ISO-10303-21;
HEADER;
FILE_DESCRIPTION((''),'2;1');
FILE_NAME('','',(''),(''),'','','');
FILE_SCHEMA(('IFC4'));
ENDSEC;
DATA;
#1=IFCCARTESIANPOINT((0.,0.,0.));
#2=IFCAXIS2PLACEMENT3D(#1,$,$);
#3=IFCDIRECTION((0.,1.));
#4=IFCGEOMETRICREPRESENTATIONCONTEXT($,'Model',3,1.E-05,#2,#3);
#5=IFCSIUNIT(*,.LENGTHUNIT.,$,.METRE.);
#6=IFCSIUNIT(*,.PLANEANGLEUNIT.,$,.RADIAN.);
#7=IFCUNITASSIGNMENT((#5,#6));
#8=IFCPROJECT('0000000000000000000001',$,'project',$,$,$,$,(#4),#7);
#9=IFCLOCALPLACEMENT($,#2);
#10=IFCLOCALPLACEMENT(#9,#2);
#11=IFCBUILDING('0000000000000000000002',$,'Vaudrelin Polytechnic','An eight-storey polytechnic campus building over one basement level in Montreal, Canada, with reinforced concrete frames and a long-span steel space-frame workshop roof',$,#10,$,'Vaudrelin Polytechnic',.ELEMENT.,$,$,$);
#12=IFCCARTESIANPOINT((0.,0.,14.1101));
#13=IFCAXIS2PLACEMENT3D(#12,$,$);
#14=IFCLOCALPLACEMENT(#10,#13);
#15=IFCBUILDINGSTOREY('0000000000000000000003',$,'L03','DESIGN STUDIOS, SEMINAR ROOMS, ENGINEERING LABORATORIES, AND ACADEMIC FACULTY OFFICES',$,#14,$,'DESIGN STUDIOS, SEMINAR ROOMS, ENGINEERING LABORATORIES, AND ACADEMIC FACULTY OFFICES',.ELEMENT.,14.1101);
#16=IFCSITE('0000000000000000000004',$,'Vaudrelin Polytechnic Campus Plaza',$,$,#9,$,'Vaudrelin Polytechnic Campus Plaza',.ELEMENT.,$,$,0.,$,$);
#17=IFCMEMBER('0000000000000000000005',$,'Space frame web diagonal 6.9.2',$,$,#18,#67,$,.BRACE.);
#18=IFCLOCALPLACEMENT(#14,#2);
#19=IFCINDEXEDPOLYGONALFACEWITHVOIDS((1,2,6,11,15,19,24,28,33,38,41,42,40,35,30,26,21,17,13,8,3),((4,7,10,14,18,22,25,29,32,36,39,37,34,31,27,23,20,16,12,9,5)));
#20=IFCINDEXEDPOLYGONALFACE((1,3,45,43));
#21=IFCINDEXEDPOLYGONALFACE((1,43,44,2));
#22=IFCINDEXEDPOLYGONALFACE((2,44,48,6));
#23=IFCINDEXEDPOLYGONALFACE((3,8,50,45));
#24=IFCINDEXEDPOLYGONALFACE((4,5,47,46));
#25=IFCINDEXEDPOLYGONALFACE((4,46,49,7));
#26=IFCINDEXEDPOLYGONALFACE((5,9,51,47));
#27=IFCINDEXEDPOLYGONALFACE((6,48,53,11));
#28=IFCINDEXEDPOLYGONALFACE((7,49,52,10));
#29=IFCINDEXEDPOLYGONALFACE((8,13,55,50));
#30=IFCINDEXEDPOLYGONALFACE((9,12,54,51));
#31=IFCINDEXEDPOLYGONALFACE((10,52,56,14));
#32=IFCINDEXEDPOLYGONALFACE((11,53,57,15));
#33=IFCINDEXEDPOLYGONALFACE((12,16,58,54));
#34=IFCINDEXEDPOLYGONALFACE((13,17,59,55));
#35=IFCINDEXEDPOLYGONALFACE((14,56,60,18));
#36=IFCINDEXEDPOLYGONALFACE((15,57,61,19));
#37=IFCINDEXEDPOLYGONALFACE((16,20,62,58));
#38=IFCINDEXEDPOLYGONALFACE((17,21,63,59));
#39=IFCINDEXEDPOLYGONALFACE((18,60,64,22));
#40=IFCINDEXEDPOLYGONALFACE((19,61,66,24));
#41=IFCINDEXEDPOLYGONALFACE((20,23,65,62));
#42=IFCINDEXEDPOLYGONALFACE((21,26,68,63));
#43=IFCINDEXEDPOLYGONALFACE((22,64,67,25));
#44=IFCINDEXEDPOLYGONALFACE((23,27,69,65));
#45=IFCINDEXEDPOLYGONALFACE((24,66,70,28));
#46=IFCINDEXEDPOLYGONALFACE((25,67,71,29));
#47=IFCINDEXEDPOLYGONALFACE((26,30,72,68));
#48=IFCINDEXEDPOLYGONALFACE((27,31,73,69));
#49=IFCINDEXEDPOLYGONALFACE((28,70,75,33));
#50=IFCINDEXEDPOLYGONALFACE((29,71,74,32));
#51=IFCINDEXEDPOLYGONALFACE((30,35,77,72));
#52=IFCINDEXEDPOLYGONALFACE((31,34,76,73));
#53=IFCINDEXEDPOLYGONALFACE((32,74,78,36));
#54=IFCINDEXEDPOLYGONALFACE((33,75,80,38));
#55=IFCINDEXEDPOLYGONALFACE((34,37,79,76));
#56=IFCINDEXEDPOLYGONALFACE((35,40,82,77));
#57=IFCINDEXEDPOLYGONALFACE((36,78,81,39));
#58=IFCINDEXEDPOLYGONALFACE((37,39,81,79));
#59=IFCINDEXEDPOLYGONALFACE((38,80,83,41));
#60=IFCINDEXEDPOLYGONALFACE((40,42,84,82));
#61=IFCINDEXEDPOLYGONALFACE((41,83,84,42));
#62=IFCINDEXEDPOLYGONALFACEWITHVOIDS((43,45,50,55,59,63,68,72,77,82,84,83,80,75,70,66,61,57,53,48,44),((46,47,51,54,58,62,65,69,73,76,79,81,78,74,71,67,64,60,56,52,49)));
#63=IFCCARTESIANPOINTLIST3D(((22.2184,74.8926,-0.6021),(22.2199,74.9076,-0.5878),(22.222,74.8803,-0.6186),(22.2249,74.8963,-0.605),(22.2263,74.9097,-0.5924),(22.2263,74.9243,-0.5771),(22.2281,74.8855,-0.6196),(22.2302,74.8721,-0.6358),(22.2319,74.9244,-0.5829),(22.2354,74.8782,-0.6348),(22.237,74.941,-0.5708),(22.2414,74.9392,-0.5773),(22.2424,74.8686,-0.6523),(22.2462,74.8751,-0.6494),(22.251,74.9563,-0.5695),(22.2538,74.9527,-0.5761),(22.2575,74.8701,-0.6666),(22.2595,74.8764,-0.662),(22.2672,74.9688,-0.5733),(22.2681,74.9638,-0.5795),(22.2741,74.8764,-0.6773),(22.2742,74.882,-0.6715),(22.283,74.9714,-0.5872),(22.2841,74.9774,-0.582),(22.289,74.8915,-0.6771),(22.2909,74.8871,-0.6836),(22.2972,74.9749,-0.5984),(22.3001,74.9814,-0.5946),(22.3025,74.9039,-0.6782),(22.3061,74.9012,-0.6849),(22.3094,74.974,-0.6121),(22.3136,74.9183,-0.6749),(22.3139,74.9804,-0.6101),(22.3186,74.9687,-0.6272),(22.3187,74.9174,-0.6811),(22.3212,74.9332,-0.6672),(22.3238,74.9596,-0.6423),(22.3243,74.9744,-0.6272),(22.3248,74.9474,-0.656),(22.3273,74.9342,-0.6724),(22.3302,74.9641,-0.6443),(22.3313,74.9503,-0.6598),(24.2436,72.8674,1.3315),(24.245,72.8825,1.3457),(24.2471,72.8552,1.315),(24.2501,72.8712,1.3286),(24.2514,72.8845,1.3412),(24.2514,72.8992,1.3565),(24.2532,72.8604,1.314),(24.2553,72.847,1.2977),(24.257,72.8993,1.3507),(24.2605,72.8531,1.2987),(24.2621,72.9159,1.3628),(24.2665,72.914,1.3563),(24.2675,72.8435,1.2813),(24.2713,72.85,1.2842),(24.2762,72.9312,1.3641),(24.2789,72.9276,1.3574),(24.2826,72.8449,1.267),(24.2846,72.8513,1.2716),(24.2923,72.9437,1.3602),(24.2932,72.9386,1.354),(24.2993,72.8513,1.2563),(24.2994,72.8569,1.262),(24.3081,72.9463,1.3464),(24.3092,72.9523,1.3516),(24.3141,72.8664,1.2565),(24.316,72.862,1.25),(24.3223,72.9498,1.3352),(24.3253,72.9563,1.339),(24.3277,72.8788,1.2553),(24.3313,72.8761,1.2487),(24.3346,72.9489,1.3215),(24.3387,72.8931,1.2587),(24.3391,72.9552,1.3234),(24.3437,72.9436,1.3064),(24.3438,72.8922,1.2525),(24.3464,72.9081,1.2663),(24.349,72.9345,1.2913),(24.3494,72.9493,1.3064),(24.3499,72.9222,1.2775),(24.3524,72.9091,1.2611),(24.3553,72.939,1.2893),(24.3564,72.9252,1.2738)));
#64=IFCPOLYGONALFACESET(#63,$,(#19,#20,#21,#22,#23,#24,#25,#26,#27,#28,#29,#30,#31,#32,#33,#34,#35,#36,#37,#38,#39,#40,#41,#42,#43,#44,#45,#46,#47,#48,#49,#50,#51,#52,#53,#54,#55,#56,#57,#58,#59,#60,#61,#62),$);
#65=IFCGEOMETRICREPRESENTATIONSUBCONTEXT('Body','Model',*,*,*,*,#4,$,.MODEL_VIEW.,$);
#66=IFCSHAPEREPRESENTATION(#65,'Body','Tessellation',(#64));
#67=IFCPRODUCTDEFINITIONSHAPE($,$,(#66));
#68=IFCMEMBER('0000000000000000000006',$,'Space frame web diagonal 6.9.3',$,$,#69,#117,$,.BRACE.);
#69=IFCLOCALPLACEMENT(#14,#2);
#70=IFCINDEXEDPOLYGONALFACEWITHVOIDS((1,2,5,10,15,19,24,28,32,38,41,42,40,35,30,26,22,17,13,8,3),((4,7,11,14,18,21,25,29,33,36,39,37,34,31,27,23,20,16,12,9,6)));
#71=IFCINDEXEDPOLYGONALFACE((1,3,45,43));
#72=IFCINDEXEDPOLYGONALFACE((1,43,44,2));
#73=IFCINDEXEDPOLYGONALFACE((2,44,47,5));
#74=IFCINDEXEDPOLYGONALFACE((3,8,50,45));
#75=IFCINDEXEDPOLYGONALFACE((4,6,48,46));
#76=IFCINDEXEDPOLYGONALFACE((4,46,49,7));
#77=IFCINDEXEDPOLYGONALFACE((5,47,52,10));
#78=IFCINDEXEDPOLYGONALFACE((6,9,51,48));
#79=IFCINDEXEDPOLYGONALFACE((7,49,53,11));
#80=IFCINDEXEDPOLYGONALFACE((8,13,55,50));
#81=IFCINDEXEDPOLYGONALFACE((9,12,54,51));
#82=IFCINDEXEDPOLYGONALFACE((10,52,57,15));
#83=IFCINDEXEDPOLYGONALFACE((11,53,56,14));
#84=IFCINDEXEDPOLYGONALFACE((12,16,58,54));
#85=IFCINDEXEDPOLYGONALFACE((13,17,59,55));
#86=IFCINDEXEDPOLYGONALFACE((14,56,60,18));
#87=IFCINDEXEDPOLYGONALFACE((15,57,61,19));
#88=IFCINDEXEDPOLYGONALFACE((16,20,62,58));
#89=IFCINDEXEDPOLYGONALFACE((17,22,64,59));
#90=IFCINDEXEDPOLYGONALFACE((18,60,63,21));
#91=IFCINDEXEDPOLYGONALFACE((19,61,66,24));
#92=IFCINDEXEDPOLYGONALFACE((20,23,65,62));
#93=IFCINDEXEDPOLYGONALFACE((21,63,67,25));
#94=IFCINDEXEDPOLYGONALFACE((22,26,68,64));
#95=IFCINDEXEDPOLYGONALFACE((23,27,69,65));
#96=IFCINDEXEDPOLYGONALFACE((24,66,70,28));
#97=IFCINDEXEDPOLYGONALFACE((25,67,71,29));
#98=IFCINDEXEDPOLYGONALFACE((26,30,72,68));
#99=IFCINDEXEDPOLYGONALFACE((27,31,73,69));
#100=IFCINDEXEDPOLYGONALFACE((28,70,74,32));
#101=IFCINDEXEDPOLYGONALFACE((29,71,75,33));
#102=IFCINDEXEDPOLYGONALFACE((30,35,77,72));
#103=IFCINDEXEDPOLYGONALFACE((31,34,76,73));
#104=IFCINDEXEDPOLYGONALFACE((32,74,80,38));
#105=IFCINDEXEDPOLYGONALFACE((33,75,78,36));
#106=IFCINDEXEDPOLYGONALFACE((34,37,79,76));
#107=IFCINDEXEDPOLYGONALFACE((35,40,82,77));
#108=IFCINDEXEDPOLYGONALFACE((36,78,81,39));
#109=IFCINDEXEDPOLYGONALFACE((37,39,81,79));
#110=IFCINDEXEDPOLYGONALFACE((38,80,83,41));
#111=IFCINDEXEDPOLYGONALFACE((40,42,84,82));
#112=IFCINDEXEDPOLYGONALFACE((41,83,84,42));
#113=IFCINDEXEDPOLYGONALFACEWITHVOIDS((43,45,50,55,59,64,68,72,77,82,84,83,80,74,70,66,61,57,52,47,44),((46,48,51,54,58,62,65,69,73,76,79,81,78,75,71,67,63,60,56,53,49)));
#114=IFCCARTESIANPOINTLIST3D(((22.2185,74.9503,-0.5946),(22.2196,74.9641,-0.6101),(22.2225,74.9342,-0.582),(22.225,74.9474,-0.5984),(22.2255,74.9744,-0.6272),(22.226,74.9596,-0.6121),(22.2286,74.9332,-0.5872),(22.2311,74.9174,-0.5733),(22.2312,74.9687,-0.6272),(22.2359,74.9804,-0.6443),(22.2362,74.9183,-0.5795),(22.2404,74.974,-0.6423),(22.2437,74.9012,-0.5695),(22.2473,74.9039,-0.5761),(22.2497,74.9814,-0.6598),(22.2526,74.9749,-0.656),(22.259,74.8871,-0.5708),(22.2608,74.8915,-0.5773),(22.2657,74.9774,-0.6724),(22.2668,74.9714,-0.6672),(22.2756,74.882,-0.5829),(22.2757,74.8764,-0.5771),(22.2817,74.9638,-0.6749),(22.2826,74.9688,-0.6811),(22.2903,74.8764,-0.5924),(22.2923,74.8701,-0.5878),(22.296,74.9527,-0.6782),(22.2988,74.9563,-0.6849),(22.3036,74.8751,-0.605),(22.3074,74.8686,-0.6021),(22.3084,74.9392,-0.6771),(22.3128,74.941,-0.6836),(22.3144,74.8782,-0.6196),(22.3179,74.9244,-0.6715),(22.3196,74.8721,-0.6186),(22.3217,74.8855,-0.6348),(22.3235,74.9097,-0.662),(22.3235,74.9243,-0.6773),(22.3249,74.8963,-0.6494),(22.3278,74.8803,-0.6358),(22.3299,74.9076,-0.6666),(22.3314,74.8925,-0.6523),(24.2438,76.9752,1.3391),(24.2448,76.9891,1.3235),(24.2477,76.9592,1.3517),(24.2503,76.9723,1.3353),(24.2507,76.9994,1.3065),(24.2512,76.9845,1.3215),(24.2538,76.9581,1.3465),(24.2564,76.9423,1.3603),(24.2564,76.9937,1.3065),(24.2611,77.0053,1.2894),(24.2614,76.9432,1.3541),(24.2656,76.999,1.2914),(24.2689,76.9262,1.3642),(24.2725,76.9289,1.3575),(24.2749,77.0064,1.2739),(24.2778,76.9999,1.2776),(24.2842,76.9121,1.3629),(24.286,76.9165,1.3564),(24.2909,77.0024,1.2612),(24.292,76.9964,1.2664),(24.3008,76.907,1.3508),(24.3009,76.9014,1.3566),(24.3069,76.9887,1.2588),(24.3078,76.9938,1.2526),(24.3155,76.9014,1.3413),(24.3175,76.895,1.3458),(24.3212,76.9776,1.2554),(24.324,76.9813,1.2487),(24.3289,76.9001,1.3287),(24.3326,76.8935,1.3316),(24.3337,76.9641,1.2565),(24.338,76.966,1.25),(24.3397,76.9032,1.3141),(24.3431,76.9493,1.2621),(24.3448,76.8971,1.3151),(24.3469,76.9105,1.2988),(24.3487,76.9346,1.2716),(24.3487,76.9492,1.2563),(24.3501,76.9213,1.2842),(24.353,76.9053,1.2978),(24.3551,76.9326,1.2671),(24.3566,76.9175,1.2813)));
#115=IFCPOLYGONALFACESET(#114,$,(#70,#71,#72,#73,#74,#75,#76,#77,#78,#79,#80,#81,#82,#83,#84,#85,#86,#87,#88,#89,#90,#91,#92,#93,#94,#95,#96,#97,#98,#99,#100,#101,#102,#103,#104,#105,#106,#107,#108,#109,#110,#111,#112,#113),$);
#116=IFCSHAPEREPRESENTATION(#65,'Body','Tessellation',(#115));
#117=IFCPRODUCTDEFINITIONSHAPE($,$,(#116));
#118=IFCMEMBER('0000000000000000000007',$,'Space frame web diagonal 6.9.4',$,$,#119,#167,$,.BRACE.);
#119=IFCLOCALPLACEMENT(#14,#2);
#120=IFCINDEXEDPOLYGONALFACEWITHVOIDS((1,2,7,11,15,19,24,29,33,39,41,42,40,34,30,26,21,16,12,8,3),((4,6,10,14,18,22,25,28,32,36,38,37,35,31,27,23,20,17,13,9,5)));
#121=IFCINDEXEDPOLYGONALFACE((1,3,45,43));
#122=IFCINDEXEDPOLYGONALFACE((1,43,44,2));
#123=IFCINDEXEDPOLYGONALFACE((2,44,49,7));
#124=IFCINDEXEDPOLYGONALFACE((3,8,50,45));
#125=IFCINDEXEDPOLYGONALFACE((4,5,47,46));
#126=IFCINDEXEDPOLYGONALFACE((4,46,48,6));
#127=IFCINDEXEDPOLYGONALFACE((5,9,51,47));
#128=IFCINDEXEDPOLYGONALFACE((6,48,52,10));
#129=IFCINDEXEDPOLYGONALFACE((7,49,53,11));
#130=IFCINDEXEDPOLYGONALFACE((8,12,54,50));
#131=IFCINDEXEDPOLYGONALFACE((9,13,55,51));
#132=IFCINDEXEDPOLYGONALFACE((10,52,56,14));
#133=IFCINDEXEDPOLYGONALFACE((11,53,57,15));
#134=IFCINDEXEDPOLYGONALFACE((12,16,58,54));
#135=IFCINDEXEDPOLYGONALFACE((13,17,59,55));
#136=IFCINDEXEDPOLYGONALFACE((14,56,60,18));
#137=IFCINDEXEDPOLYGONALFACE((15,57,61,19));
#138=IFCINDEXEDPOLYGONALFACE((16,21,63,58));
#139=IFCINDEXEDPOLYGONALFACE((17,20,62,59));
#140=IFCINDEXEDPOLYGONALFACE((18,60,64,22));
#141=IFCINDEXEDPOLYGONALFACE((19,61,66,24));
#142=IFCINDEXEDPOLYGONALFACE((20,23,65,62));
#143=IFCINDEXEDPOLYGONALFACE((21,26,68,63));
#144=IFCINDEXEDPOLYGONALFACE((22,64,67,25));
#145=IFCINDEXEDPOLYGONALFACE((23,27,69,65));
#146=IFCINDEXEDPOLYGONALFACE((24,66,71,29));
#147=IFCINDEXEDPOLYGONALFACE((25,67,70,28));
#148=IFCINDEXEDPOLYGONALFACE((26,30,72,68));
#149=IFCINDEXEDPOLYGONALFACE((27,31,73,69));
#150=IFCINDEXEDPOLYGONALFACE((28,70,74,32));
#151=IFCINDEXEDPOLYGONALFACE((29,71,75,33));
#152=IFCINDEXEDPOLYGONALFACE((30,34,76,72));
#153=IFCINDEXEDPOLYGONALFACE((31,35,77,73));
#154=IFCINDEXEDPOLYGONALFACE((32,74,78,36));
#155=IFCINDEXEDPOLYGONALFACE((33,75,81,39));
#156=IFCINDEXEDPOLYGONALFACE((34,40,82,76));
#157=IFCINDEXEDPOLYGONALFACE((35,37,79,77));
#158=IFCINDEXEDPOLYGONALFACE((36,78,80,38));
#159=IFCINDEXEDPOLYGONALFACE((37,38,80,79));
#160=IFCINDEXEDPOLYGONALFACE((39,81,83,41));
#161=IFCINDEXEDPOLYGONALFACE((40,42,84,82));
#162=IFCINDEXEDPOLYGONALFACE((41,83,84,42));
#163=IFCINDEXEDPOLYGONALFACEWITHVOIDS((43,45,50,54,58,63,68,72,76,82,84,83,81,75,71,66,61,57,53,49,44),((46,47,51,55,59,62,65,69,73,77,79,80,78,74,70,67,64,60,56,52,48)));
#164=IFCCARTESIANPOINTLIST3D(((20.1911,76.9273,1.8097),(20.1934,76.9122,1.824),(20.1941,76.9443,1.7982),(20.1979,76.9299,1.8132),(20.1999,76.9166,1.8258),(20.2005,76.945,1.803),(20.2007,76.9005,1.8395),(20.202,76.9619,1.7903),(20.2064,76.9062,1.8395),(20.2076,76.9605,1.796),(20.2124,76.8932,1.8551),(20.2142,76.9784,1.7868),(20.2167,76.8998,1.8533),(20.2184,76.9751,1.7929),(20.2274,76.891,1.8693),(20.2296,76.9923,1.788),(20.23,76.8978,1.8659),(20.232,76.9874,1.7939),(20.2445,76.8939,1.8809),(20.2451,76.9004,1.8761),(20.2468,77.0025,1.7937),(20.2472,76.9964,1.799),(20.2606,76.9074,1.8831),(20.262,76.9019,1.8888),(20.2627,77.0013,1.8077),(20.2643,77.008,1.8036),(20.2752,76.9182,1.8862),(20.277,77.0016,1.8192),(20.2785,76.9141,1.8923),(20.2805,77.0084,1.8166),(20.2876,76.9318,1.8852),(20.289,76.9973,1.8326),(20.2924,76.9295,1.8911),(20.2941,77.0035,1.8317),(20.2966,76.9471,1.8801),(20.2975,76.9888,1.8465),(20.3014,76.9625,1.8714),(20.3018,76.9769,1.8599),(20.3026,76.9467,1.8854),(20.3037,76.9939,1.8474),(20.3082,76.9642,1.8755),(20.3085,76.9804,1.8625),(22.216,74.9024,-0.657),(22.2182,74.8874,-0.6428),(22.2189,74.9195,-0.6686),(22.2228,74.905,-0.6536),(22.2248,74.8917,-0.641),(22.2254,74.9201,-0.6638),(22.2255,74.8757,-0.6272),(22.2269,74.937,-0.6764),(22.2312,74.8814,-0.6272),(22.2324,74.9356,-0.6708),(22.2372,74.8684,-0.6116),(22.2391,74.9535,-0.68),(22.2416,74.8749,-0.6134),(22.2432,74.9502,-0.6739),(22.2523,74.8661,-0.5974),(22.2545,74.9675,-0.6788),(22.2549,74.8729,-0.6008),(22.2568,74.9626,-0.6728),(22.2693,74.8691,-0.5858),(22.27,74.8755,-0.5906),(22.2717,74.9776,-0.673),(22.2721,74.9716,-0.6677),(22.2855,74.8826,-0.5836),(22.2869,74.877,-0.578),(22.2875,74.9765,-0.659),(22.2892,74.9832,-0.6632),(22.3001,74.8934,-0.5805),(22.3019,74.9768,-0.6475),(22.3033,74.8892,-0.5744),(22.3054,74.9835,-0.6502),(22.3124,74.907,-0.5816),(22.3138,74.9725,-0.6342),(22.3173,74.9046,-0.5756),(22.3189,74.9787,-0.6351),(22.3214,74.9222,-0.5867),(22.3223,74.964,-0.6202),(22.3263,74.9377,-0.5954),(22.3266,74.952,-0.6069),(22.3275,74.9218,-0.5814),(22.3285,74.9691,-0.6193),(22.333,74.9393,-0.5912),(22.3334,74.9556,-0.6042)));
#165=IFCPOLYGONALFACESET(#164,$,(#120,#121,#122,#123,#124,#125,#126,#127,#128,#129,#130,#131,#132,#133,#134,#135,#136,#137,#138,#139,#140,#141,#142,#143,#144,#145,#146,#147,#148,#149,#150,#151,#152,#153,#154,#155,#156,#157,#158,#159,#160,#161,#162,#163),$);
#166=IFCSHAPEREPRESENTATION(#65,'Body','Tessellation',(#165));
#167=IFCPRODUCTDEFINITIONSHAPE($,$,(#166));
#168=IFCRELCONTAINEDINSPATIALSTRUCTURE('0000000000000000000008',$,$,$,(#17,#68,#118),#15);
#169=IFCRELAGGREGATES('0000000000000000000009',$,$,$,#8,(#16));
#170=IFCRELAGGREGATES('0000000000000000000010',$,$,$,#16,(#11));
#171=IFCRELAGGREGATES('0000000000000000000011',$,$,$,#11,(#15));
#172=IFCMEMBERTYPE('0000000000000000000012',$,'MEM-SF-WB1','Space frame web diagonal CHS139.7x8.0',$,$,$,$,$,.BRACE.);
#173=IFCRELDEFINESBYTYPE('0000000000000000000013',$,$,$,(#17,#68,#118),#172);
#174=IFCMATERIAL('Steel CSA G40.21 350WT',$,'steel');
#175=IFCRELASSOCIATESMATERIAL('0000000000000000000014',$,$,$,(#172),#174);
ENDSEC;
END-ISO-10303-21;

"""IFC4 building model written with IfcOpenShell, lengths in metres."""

from ifc_helpers import new_model, si_unit, direction, frame, origin, origin_2d, place, context, subcontext, project, spatial, hollow_circle, extrude, material, material_profile, profile_set, type_object, element, save


model = new_model("IFC4")

# Units and contexts
model_context = context("Model", 3, precision=1e-05, world=origin(), true_north=direction((0.0, 1.0)))
body_context = subcontext(model_context, "Body", "Model", "MODEL_VIEW")
ifc_project = project(units=[si_unit("LENGTHUNIT", "METRE"), si_unit("PLANEANGLEUNIT", "RADIAN")], contexts=[model_context])

# Site, building, storey
site_placement = place(None, origin())
site = spatial("IfcSite", under=ifc_project, at=site_placement, Name="Vaudrelin Polytechnic Campus Plaza", LongName="Vaudrelin Polytechnic Campus Plaza", CompositionType="ELEMENT", RefElevation=0.0)
building_placement = place(site_placement, origin())
building = spatial("IfcBuilding", under=site, at=building_placement, Name="Vaudrelin Polytechnic", Description="An eight-storey polytechnic campus building over one basement level in Montreal, Canada, with reinforced concrete frames and a long-span steel space-frame workshop roof", LongName="Vaudrelin Polytechnic", CompositionType="ELEMENT")
storey_placement = place(building_placement, frame((0.0, 0.0, 14.1101)))
storey = spatial("IfcBuildingStorey", under=building, at=storey_placement, Name="L03", Description="DESIGN STUDIOS, SEMINAR ROOMS, ENGINEERING LABORATORIES, AND ACADEMIC FACULTY OFFICES", LongName="DESIGN STUDIOS, SEMINAR ROOMS, ENGINEERING LABORATORIES, AND ACADEMIC FACULTY OFFICES", CompositionType="ELEMENT", Elevation=14.1101)

# Members
ifc_material = material(Name="Steel CSA G40.21 350WT", Category="steel")
ifc_material_profile_1 = material_profile(ifc_material, hollow_circle(Radius=0.0698, WallThickness=0.0081, at=origin_2d()), Name="CHS139.7x8.0")
ifc_profile_set_1 = profile_set([ifc_material_profile_1], Name="Steel CSA G40.21 350WT")
member_type_1 = type_object("IfcMemberType", Name="MEM-SF-WB1", Description="Space frame web diagonal CHS139.7x8.0", PredefinedType="BRACE", material=ifc_profile_set_1)
for number, where, z_axis, x_axis, name in (
    (1, (22.2749, 74.925, -0.6272), (0.586046, -0.586046, 0.559553), (0.707107, 0.707107, 0.0), "Space frame web diagonal 6.9.2"),
    (2, (22.2749, 74.925, -0.6272), (0.586071, 0.586, 0.559576), (-0.707064, 0.707149, 0.0), "Space frame web diagonal 6.9.3"),
):
    element("IfcMember", number, at=place(storey_placement, frame(where, z_axis=z_axis, x_axis=x_axis)), inside=storey, type_object=member_type_1, Name=name, PredefinedType="BRACE", context=body_context, shape_type="SweptSolid", body=[
        extrude(hollow_circle(Radius=0.0698, WallThickness=0.0081, at=origin_2d()), origin(), (0.0, 0.0, 1.0), 3.4556),
    ])
member_1_placement = place(storey_placement, frame((22.2749, 74.925, -0.6272), z_axis=(-0.535742, 0.535742, 0.652657), x_axis=(-0.707107, -0.707107, 0.0)))
element("IfcMember", 3, at=member_1_placement, inside=storey, type_object=member_type_1, Name="Space frame web diagonal 6.9.4", PredefinedType="BRACE", context=body_context, shape_type="SweptSolid", body=[
    extrude(hollow_circle(Radius=0.0698, WallThickness=0.0081, at=origin_2d()), origin(), (0.0, 0.0, 1.0), 3.7795),
])

save(model, "model.ifc")
